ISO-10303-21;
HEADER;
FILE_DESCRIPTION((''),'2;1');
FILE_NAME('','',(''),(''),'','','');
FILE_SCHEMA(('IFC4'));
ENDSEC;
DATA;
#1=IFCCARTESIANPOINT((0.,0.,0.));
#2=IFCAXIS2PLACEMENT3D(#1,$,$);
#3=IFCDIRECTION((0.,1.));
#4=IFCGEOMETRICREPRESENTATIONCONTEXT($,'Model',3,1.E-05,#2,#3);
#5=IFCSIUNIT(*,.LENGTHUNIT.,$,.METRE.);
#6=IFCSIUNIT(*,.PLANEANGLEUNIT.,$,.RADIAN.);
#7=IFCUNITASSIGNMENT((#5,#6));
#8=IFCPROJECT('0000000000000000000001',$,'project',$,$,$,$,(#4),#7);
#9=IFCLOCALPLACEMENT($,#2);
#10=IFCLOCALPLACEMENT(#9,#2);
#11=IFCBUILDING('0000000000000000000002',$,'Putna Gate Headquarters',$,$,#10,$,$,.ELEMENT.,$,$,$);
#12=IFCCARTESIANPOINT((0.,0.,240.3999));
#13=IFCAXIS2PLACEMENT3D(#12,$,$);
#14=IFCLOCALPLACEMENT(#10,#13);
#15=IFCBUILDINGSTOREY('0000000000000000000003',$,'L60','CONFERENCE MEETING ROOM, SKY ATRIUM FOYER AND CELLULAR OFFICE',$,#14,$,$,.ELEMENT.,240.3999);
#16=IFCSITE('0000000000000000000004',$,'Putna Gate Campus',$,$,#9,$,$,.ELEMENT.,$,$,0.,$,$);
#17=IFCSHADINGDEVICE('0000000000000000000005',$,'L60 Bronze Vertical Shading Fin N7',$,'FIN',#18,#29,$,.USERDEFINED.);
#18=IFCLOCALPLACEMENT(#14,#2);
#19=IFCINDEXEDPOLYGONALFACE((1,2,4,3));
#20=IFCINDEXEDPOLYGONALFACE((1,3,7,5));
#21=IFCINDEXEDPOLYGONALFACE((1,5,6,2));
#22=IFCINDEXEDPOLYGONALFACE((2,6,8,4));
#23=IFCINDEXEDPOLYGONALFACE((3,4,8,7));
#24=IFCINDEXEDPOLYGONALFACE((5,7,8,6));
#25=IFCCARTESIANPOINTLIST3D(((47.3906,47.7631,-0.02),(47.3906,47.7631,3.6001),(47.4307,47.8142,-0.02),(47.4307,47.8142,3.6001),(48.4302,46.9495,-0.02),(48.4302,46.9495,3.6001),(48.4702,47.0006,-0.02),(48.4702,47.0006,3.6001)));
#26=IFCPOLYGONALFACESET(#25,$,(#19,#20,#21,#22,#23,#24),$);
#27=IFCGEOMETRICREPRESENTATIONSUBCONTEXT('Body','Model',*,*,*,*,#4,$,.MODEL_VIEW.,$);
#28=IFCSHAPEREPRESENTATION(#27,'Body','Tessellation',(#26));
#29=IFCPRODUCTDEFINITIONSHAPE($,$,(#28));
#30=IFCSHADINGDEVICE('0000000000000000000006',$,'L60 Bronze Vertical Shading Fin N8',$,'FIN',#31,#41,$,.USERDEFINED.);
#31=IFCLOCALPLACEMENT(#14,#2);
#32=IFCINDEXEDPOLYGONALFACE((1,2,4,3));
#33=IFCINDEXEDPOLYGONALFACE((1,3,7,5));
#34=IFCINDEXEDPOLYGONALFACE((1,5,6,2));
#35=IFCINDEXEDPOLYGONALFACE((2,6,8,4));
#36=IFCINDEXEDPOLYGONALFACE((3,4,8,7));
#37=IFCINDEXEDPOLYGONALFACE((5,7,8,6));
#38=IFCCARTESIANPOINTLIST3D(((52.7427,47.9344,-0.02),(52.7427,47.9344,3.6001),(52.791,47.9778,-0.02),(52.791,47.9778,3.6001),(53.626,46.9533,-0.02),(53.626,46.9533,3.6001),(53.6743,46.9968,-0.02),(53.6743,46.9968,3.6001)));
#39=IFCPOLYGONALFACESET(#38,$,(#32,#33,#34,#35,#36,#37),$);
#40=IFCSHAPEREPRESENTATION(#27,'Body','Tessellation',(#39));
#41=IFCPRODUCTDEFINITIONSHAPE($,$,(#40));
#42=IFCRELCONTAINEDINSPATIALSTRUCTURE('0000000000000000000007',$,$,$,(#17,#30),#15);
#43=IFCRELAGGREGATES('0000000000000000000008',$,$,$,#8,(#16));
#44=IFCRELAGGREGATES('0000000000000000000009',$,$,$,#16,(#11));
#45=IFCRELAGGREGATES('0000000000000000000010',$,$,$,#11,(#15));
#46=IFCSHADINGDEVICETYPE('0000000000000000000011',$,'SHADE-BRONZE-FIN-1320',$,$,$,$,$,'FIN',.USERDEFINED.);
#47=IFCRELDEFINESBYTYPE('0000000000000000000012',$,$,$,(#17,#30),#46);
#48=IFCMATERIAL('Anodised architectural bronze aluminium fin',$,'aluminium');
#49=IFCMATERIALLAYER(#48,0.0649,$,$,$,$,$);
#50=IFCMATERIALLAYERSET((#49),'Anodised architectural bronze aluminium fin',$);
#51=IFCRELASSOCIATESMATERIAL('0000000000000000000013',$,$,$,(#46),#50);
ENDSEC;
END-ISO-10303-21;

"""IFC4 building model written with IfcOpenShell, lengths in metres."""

from ifc_helpers import new_model, si_unit, direction, frame, origin, origin_2d, place, context, subcontext, project, spatial, rectangle, extrude, material, layer, layer_set, type_object, element, save


model = new_model("IFC4")

# Units and contexts
model_context = context("Model", 3, precision=1e-05, world=origin(), true_north=direction((0.0, 1.0)))
body_context = subcontext(model_context, "Body", "Model", "MODEL_VIEW")
ifc_project = project(units=[si_unit("LENGTHUNIT", "METRE"), si_unit("PLANEANGLEUNIT", "RADIAN")], contexts=[model_context])

# Site, building, storey
site_placement = place(None, origin())
site = spatial("IfcSite", under=ifc_project, at=site_placement, Name="Putna Gate Campus", CompositionType="ELEMENT", RefElevation=0.0)
building_placement = place(site_placement, origin())
building = spatial("IfcBuilding", under=site, at=building_placement, Name="Putna Gate Headquarters", CompositionType="ELEMENT")
storey_placement = place(building_placement, frame((0.0, 0.0, 240.3999)))
storey = spatial("IfcBuildingStorey", under=building, at=storey_placement, Name="L60", Description="CONFERENCE MEETING ROOM, SKY ATRIUM FOYER AND CELLULAR OFFICE", CompositionType="ELEMENT", Elevation=240.3999)

# Shading devices
ifc_material_1 = material(Name="Anodised architectural bronze aluminium fin", Category="aluminium")
ifc_layer_1 = layer(ifc_material_1, 0.0649)
ifc_layer_set_1 = layer_set([ifc_layer_1], Name="Anodised architectural bronze aluminium fin")
shading_device_type = type_object("IfcShadingDeviceType", Name="SHADE-BRONZE-FIN-1320", ElementType="FIN", PredefinedType="USERDEFINED", material=ifc_layer_set_1)
for number, where, z_axis, x_axis, name in (
    (1, (47.9304, 47.3818, -0.02), (0.0, 0.0, 1.0), (-0.787473, 0.616349, 0.0), "L60 Bronze Vertical Shading Fin N7"),
    (2, (53.2085, 47.4656, -0.02), (0.0, 0.0, 1.0), (-0.669131, 0.743145, 0.0), "L60 Bronze Vertical Shading Fin N8"),
):
    element("IfcShadingDevice", number, at=place(storey_placement, frame(where, z_axis=z_axis, x_axis=x_axis)), inside=storey, type_object=shading_device_type, Name=name, ObjectType="FIN", PredefinedType="USERDEFINED", context=body_context, shape_type="SweptSolid", body=[
        extrude(rectangle(XDim=1.3201, YDim=0.0649, at=origin_2d()), origin(), (0.0, 0.0, 1.0), 3.6201),
    ])

save(model, "model.ifc")
